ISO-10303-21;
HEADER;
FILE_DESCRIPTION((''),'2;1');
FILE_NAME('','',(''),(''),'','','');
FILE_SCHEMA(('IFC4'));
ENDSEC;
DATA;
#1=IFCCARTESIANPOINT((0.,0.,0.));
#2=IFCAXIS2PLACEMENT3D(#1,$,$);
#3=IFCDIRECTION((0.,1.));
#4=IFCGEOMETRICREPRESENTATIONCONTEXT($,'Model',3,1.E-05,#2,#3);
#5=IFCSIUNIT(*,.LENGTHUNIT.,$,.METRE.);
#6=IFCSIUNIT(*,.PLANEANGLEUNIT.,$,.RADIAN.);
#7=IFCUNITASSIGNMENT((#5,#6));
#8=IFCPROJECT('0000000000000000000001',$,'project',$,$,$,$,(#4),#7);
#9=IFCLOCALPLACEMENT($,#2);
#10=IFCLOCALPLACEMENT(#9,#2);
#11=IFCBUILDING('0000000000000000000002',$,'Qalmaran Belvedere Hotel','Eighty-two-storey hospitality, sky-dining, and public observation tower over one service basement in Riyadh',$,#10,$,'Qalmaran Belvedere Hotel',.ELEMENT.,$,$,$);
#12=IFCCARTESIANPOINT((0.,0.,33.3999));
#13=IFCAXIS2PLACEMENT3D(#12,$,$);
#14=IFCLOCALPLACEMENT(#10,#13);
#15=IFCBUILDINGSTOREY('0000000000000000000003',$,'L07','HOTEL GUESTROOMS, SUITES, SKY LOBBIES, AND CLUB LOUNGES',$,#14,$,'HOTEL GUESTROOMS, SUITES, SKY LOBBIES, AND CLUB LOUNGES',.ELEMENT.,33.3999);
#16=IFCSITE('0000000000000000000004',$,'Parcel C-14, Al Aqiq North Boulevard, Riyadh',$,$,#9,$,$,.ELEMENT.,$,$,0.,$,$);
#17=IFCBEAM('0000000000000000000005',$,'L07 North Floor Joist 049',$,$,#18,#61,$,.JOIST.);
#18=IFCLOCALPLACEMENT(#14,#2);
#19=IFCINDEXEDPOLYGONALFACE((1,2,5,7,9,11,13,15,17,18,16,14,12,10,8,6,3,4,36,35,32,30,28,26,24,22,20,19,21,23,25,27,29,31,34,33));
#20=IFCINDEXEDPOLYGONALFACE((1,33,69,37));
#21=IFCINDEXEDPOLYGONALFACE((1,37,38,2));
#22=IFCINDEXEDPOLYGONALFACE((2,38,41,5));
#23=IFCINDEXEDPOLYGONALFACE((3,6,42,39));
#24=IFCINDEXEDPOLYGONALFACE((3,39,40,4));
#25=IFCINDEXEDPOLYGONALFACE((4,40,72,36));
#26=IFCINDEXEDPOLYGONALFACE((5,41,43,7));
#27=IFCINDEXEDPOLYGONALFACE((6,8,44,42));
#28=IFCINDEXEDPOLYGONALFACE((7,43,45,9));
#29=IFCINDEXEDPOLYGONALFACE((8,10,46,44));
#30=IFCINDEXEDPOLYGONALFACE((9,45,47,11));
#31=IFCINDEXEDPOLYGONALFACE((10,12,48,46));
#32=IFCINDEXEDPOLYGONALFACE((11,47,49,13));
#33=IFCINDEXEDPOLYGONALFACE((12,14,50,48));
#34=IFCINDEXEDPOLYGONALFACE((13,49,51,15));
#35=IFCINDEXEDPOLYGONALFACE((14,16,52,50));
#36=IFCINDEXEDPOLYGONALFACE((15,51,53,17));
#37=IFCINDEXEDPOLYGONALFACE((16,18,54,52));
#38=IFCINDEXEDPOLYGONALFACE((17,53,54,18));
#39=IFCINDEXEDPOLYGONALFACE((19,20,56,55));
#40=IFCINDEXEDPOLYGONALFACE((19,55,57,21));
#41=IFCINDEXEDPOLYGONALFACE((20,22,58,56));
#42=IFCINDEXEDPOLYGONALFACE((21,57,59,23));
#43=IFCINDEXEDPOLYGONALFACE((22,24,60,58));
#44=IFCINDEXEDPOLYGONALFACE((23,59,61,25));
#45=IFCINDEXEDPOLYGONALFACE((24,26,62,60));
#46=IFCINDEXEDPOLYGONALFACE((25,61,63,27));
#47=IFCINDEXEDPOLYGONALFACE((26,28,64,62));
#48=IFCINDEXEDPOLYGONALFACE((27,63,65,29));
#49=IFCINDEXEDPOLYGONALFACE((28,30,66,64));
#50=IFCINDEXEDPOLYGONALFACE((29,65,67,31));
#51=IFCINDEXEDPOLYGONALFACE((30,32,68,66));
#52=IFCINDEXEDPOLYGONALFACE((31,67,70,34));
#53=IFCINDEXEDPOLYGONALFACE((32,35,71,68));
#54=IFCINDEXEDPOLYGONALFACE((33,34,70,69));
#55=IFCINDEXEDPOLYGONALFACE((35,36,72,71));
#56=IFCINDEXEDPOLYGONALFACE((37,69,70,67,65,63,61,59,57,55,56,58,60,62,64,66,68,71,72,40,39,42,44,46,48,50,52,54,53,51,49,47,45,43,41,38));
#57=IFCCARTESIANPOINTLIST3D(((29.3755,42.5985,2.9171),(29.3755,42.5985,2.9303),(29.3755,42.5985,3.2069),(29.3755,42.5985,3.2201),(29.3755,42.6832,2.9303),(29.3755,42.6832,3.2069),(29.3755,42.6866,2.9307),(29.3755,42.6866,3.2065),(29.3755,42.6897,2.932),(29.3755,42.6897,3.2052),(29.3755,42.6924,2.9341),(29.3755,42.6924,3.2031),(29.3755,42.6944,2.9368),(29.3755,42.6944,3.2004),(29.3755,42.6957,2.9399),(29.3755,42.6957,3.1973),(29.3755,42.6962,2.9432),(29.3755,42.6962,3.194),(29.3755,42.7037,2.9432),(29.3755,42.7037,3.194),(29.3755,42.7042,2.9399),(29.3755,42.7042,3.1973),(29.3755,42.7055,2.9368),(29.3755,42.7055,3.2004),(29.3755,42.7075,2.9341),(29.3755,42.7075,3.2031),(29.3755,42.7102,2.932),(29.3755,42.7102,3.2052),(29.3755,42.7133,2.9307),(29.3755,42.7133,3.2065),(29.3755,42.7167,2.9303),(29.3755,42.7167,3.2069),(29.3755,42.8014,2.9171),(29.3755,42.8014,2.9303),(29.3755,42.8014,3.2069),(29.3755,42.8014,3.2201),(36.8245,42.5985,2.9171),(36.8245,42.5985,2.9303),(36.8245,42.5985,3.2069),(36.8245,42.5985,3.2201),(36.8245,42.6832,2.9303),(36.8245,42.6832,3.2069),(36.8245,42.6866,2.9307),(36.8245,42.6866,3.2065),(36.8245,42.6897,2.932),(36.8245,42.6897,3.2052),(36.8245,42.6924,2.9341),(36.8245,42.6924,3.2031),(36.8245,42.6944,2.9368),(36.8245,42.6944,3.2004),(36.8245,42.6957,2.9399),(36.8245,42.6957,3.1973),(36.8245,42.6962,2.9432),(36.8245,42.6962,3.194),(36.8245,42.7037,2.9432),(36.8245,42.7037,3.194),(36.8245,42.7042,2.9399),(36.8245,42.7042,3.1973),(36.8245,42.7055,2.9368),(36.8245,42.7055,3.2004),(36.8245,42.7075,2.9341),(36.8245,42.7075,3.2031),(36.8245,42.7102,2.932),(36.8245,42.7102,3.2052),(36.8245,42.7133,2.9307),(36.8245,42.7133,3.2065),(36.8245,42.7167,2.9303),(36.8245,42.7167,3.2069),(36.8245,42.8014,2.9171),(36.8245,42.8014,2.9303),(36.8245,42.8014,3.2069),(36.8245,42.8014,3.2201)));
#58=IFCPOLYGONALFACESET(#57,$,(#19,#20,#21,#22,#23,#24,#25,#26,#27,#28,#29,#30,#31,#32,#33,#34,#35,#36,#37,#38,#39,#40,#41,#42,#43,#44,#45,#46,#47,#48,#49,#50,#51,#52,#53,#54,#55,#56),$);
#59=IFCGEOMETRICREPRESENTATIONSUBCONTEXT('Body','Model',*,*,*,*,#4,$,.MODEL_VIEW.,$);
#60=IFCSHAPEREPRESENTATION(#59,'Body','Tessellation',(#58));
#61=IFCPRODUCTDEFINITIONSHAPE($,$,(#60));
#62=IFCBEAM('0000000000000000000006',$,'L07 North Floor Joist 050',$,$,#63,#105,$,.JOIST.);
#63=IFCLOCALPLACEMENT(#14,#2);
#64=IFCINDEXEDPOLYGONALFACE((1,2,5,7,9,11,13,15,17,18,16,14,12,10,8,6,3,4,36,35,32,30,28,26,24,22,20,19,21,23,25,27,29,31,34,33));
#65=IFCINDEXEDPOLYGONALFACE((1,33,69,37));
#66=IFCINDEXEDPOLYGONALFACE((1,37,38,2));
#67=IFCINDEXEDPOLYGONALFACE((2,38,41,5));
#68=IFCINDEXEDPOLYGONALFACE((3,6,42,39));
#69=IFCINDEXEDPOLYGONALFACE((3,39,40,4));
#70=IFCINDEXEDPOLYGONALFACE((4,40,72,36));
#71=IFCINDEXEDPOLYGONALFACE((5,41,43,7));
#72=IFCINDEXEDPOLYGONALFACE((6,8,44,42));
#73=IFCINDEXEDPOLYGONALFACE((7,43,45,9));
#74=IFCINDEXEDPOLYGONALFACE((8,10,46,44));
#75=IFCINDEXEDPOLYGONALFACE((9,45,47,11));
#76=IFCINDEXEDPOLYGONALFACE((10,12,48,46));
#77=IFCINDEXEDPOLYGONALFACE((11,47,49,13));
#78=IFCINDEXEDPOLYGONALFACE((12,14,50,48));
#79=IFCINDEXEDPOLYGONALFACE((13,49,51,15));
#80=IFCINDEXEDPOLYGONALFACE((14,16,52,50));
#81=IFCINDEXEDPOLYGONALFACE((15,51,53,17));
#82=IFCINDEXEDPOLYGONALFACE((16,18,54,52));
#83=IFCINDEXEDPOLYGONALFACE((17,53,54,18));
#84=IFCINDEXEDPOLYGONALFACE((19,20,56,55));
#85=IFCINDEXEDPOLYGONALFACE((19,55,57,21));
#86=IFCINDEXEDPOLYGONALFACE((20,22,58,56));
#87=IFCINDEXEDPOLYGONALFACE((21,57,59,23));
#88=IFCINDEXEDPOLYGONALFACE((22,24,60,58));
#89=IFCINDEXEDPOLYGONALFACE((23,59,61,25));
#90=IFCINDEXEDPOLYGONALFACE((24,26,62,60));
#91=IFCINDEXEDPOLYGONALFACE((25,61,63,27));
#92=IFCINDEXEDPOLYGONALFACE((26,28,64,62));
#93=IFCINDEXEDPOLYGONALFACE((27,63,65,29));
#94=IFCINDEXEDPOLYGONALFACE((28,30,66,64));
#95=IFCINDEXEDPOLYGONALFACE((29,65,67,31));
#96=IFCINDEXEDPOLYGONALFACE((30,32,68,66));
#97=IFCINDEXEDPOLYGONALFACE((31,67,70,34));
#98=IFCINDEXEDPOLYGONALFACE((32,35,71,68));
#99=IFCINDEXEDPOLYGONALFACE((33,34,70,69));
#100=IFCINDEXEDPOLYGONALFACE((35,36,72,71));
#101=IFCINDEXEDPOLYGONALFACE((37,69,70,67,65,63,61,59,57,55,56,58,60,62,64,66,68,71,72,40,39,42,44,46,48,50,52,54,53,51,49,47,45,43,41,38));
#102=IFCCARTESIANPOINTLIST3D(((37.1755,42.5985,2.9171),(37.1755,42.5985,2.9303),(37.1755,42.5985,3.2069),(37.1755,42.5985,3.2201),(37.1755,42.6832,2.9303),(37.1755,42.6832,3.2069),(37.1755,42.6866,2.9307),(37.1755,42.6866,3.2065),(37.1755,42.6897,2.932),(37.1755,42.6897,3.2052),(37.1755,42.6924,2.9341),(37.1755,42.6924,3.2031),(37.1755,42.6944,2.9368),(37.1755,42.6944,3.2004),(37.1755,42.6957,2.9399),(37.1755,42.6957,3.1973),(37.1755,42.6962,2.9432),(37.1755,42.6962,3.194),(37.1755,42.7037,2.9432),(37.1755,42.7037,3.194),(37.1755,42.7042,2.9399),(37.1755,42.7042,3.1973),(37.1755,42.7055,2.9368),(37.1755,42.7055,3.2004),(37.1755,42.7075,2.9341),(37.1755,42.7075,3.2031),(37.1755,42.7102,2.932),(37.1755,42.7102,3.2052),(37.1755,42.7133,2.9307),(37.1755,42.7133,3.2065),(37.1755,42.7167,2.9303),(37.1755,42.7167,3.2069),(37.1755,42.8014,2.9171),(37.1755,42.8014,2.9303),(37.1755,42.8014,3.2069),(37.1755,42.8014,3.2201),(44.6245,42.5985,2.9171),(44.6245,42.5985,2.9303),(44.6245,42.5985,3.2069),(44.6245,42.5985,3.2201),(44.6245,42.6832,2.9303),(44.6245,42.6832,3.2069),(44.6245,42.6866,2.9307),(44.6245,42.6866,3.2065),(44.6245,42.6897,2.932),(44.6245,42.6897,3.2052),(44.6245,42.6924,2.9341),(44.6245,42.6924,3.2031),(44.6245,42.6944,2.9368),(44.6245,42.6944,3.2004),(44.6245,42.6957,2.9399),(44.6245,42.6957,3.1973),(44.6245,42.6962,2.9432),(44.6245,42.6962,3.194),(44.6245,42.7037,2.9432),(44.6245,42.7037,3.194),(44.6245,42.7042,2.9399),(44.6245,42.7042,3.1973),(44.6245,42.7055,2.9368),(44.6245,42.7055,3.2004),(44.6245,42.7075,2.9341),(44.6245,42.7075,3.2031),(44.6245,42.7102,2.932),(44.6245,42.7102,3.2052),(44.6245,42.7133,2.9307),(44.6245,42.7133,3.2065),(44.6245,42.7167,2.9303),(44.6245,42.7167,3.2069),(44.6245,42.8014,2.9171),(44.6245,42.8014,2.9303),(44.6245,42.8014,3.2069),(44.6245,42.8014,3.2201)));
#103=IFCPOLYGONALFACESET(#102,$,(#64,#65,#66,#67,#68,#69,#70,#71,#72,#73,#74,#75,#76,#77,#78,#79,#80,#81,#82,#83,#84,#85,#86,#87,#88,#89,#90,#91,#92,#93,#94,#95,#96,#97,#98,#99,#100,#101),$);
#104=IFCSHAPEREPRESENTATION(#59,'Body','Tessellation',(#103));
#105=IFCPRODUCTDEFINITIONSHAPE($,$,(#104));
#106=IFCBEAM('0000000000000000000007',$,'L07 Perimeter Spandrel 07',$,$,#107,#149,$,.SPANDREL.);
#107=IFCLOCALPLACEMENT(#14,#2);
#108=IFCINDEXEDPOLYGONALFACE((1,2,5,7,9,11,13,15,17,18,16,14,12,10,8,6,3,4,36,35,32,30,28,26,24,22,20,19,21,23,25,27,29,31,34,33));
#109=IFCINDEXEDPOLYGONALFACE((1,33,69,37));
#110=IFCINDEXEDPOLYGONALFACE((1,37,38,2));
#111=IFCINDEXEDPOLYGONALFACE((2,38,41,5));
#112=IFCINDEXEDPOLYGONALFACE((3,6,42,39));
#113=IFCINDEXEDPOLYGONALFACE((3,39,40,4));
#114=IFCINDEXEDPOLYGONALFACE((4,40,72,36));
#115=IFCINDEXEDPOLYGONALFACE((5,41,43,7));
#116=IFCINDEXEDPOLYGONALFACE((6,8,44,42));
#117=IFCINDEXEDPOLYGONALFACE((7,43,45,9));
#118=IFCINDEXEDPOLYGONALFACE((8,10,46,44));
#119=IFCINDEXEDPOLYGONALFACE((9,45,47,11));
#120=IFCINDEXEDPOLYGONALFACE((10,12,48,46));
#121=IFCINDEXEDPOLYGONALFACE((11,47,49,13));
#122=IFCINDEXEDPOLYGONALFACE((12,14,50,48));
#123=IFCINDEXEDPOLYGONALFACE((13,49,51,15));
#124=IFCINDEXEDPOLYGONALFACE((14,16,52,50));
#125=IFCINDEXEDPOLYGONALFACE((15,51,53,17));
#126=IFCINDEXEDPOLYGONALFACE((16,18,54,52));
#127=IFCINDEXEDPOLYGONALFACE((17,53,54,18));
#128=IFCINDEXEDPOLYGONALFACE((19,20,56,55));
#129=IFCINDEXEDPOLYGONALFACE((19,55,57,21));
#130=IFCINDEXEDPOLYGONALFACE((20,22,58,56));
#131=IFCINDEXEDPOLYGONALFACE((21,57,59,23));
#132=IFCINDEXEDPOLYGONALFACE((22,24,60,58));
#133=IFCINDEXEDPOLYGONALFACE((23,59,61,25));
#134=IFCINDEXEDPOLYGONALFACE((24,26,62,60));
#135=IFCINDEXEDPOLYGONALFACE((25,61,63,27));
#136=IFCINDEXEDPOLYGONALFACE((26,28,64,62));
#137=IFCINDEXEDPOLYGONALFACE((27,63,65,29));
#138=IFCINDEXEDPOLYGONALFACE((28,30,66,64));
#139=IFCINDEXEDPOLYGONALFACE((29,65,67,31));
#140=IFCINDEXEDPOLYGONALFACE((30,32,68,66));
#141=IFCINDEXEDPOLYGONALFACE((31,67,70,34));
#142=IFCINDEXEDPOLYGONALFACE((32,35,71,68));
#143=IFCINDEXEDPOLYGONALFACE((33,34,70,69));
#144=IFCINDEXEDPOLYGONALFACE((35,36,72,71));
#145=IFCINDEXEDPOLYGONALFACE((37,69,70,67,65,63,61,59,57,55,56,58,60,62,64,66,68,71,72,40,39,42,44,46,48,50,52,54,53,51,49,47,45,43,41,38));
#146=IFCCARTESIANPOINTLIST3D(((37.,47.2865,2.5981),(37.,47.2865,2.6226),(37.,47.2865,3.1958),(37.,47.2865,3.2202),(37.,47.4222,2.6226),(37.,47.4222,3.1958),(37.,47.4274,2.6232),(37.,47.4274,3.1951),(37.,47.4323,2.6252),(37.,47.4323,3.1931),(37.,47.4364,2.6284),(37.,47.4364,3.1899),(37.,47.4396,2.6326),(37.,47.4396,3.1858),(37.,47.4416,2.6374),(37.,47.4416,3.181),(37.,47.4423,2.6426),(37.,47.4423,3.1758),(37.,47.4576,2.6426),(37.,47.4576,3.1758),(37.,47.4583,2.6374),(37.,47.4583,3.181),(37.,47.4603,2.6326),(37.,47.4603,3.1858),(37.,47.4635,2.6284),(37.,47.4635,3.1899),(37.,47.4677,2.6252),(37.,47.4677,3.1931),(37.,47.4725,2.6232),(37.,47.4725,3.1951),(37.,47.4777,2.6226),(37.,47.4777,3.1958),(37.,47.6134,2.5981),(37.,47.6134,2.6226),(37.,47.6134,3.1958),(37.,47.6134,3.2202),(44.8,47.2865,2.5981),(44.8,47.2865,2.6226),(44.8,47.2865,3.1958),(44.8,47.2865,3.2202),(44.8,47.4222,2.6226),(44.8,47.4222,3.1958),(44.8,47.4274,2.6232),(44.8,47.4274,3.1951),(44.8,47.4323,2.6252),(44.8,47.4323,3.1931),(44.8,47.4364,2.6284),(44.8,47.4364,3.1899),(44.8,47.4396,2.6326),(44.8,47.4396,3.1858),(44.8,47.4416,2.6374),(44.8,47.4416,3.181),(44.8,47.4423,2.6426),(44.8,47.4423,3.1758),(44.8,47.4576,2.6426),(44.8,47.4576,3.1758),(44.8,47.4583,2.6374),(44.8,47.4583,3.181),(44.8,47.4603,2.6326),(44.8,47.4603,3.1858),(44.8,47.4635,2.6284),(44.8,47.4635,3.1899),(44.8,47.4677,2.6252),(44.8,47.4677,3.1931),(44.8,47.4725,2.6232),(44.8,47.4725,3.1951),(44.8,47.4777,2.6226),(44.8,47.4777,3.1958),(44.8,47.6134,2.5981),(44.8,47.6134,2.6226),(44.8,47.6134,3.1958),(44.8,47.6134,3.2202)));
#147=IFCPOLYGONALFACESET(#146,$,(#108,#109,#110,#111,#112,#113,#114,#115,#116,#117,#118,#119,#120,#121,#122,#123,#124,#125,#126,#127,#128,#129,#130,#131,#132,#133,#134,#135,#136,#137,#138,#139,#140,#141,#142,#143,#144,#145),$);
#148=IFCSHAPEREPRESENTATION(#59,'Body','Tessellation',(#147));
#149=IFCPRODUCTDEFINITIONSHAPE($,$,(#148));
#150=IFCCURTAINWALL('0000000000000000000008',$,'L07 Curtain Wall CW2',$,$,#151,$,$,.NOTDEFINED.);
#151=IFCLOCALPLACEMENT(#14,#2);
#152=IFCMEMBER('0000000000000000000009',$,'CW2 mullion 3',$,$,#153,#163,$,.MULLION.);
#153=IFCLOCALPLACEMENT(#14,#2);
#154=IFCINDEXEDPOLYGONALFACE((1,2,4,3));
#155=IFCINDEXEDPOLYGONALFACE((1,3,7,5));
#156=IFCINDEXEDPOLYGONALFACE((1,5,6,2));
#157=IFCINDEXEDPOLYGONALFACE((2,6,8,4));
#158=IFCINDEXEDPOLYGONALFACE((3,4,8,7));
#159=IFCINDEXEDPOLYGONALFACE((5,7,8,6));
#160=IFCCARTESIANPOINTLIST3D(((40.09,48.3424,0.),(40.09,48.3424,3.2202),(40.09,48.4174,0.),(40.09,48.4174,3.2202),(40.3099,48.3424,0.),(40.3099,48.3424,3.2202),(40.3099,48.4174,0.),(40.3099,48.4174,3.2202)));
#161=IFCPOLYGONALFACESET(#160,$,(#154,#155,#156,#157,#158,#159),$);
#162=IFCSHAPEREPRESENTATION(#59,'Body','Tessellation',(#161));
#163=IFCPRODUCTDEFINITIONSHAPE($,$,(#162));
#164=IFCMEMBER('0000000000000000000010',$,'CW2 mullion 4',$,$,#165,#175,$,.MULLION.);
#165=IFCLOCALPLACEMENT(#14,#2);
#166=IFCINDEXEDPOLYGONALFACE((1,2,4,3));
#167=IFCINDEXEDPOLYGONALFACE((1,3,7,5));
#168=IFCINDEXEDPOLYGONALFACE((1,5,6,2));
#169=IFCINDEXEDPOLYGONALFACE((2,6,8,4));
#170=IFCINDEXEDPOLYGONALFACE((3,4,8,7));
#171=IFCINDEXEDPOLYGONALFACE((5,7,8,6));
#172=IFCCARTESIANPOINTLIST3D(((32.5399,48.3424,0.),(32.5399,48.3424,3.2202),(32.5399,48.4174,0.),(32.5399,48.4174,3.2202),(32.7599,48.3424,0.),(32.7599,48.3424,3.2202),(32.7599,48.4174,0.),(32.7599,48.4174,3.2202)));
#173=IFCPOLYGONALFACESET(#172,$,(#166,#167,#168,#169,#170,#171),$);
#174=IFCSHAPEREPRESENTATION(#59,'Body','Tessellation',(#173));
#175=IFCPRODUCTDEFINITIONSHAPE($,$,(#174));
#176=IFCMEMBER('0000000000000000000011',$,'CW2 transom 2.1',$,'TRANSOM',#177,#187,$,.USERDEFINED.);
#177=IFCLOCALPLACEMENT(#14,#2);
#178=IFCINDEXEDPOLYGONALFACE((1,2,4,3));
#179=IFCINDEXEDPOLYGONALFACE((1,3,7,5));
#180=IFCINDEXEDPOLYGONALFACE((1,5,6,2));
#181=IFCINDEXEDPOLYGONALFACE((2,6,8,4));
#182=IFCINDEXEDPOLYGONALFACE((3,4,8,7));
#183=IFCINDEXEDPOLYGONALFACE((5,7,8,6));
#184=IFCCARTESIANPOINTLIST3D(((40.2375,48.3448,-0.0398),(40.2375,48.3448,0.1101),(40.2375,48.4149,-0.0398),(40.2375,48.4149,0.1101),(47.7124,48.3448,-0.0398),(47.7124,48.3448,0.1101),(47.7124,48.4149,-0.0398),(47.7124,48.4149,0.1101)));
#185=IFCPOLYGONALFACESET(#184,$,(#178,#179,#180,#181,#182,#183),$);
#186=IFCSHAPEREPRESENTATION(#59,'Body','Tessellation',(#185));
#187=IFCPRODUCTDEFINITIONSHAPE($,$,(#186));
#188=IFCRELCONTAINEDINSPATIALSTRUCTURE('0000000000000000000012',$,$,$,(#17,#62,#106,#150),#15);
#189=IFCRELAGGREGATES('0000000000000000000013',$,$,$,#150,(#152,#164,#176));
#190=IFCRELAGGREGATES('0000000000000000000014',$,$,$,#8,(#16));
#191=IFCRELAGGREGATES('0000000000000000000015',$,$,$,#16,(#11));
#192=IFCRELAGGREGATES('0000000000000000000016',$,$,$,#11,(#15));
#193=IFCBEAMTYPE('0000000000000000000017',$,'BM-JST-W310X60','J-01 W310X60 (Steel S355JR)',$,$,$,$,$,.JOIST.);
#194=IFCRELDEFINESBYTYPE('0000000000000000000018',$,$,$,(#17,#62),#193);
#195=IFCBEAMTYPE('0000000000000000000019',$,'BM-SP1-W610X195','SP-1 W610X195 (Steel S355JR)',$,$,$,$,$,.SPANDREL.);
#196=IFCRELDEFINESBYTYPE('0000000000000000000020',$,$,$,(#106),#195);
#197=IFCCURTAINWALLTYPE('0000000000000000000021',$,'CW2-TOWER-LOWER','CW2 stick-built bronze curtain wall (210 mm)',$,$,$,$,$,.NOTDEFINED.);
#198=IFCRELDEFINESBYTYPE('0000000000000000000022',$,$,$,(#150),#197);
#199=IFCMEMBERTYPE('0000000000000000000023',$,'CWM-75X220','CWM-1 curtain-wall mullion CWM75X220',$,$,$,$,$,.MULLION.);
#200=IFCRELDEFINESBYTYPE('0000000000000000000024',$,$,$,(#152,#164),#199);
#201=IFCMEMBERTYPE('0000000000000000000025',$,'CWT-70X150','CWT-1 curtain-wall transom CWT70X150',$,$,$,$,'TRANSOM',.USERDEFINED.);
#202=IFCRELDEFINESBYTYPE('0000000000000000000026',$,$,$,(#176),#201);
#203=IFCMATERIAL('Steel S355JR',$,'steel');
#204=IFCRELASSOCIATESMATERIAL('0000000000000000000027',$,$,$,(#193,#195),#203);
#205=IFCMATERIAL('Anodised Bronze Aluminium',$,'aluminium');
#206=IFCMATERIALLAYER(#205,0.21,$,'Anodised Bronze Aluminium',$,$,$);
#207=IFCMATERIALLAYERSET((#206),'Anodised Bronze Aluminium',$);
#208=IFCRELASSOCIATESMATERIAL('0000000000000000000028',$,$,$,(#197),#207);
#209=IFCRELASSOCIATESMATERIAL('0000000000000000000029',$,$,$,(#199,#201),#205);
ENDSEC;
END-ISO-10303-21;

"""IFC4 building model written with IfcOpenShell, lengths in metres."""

from ifc_helpers import new_model, si_unit, direction, frame, origin, origin_2d, place, context, subcontext, project, spatial, rectangle, i_section, extrude, material, layer, layer_set, material_profile, profile_set, type_object, element, aggregate, save


model = new_model("IFC4")

# Units and contexts
model_context = context("Model", 3, precision=1e-05, world=origin(), true_north=direction((0.0, 1.0)))
body_context = subcontext(model_context, "Body", "Model", "MODEL_VIEW")
ifc_project = project(units=[si_unit("LENGTHUNIT", "METRE"), si_unit("PLANEANGLEUNIT", "RADIAN")], contexts=[model_context])

# Site, building, storey
site_placement = place(None, origin())
site = spatial("IfcSite", under=ifc_project, at=site_placement, Name="Parcel C-14, Al Aqiq North Boulevard, Riyadh", CompositionType="ELEMENT", RefElevation=0.0)
building_placement = place(site_placement, origin())
building = spatial("IfcBuilding", under=site, at=building_placement, Name="Qalmaran Belvedere Hotel", Description="Eighty-two-storey hospitality, sky-dining, and public observation tower over one service basement in Riyadh", LongName="Qalmaran Belvedere Hotel", CompositionType="ELEMENT")
storey_placement = place(building_placement, frame((0.0, 0.0, 33.3999)))
storey = spatial("IfcBuildingStorey", under=building, at=storey_placement, Name="L07", Description="HOTEL GUESTROOMS, SUITES, SKY LOBBIES, AND CLUB LOUNGES", LongName="HOTEL GUESTROOMS, SUITES, SKY LOBBIES, AND CLUB LOUNGES", CompositionType="ELEMENT", Elevation=33.3999)

# Beams
ifc_material_1 = material(Name="Steel S355JR", Category="steel")
ifc_material_profile_1 = material_profile(ifc_material_1, i_section(OverallWidth=0.2029, OverallDepth=0.303, WebThickness=0.0076, FlangeThickness=0.0132, FilletRadius=0.0129, at=origin_2d()), Name="W310X60")
ifc_profile_set_1 = profile_set([ifc_material_profile_1], Name="Steel S355JR")
beam_type_1 = type_object("IfcBeamType", Name="BM-JST-W310X60", Description="J-01 W310X60 (Steel S355JR)", PredefinedType="JOIST", material=ifc_profile_set_1)
for number, where, z_axis, x_axis, name in (
    (1, (29.3755, 42.7, 3.0686), (1.0, 0.0, 0.0), (0.0, 1.0, 0.0), "L07 North Floor Joist 049"),
    (2, (37.1755, 42.7, 3.0686), (1.0, 0.0, 0.0), (0.0, 1.0, 0.0), "L07 North Floor Joist 050"),
):
    element("IfcBeam", number, at=place(storey_placement, frame(where, z_axis=z_axis, x_axis=x_axis)), inside=storey, type_object=beam_type_1, Name=name, PredefinedType="JOIST", context=body_context, shape_type="SweptSolid", body=[
        extrude(i_section(OverallWidth=0.2029, OverallDepth=0.303, WebThickness=0.0076, FlangeThickness=0.0132, FilletRadius=0.0129, at=origin_2d()), origin(), (0.0, 0.0, 1.0), 7.449),
    ])
ifc_material_profile_2 = material_profile(ifc_material_1, i_section(OverallWidth=0.3269, OverallDepth=0.6221, WebThickness=0.0154, FlangeThickness=0.0244, FilletRadius=0.02, at=origin_2d()), Name="W610X195")
ifc_profile_set_2 = profile_set([ifc_material_profile_2], Name="Steel S355JR")
beam_type_2 = type_object("IfcBeamType", Name="BM-SP1-W610X195", Description="SP-1 W610X195 (Steel S355JR)", PredefinedType="SPANDREL", material=ifc_profile_set_2)
beam_placement = place(storey_placement, frame((37.0, 47.45, 2.9092), z_axis=(1.0, 0.0, 0.0), x_axis=(0.0, 1.0, 0.0)))
element("IfcBeam", 3, at=beam_placement, inside=storey, type_object=beam_type_2, Name="L07 Perimeter Spandrel 07", PredefinedType="SPANDREL", context=body_context, shape_type="SweptSolid", body=[
    extrude(i_section(OverallWidth=0.3269, OverallDepth=0.6221, WebThickness=0.0154, FlangeThickness=0.0244, FilletRadius=0.02, at=origin_2d()), origin(), (0.0, 0.0, 1.0), 7.8),
])

# Curtain wall, members
ifc_material_2 = material(Name="Anodised Bronze Aluminium", Category="aluminium")
ifc_layer_1 = layer(ifc_material_2, 0.21, Name="Anodised Bronze Aluminium")
ifc_layer_set_1 = layer_set([ifc_layer_1], Name="Anodised Bronze Aluminium")
curtain_wall_type = type_object("IfcCurtainWallType", Name="CW2-TOWER-LOWER", Description="CW2 stick-built bronze curtain wall (210 mm)", PredefinedType="NOTDEFINED", material=ifc_layer_set_1)
curtain_wall_placement = place(storey_placement, origin())
curtain_wall = element("IfcCurtainWall", 4, at=curtain_wall_placement, inside=storey, type_object=curtain_wall_type, Name="L07 Curtain Wall CW2", PredefinedType="NOTDEFINED")
ifc_material_profile_3 = material_profile(ifc_material_2, rectangle(XDim=0.075, YDim=0.22, at=origin_2d()), Name="CWM75X220")
ifc_profile_set_3 = profile_set([ifc_material_profile_3], Name="Anodised Bronze Aluminium")
member_type_1 = type_object("IfcMemberType", Name="CWM-75X220", Description="CWM-1 curtain-wall mullion CWM75X220", PredefinedType="MULLION", material=ifc_profile_set_3)
member_1_placement = place(storey_placement, frame((40.2, 48.3799, 0.0), z_axis=(0.0, 0.0, 1.0), x_axis=(0.0, -1.0, 0.0)))
member_1 = element("IfcMember", 5, at=member_1_placement, type_object=member_type_1, Name="CW2 mullion 3", PredefinedType="MULLION", context=body_context, shape_type="SweptSolid", body=[
    extrude(rectangle(XDim=0.075, YDim=0.22, at=origin_2d()), origin(), (0.0, 0.0, 1.0), 3.2202),
])
member_2_placement = place(storey_placement, frame((32.6499, 48.3799, 0.0), z_axis=(0.0, 0.0, 1.0), x_axis=(0.0, -1.0, 0.0)))
member_2 = element("IfcMember", 6, at=member_2_placement, type_object=member_type_1, Name="CW2 mullion 4", PredefinedType="MULLION", context=body_context, shape_type="SweptSolid", body=[
    extrude(rectangle(XDim=0.075, YDim=0.22, at=origin_2d()), origin(), (0.0, 0.0, 1.0), 3.2202),
])
ifc_material_profile_4 = material_profile(ifc_material_2, rectangle(XDim=0.0701, YDim=0.1499, at=origin_2d()), Name="CWT70X150")
ifc_profile_set_4 = profile_set([ifc_material_profile_4], Name="Anodised Bronze Aluminium")
member_type_2 = type_object("IfcMemberType", Name="CWT-70X150", Description="CWT-1 curtain-wall transom CWT70X150", ElementType="TRANSOM", PredefinedType="USERDEFINED", material=ifc_profile_set_4)
member_3_placement = place(storey_placement, frame((47.7124, 48.3799, 0.0352), z_axis=(-1.0, 0.0, 0.0), x_axis=(0.0, -1.0, 0.0)))
member_3 = element("IfcMember", 7, at=member_3_placement, type_object=member_type_2, Name="CW2 transom 2.1", ObjectType="TRANSOM", PredefinedType="USERDEFINED", context=body_context, shape_type="SweptSolid", body=[
    extrude(rectangle(XDim=0.0701, YDim=0.1499, at=origin_2d()), origin(), (0.0, 0.0, 1.0), 7.4749),
])
aggregate(curtain_wall, [member_1, member_2, member_3])

save(model, "model.ifc")
